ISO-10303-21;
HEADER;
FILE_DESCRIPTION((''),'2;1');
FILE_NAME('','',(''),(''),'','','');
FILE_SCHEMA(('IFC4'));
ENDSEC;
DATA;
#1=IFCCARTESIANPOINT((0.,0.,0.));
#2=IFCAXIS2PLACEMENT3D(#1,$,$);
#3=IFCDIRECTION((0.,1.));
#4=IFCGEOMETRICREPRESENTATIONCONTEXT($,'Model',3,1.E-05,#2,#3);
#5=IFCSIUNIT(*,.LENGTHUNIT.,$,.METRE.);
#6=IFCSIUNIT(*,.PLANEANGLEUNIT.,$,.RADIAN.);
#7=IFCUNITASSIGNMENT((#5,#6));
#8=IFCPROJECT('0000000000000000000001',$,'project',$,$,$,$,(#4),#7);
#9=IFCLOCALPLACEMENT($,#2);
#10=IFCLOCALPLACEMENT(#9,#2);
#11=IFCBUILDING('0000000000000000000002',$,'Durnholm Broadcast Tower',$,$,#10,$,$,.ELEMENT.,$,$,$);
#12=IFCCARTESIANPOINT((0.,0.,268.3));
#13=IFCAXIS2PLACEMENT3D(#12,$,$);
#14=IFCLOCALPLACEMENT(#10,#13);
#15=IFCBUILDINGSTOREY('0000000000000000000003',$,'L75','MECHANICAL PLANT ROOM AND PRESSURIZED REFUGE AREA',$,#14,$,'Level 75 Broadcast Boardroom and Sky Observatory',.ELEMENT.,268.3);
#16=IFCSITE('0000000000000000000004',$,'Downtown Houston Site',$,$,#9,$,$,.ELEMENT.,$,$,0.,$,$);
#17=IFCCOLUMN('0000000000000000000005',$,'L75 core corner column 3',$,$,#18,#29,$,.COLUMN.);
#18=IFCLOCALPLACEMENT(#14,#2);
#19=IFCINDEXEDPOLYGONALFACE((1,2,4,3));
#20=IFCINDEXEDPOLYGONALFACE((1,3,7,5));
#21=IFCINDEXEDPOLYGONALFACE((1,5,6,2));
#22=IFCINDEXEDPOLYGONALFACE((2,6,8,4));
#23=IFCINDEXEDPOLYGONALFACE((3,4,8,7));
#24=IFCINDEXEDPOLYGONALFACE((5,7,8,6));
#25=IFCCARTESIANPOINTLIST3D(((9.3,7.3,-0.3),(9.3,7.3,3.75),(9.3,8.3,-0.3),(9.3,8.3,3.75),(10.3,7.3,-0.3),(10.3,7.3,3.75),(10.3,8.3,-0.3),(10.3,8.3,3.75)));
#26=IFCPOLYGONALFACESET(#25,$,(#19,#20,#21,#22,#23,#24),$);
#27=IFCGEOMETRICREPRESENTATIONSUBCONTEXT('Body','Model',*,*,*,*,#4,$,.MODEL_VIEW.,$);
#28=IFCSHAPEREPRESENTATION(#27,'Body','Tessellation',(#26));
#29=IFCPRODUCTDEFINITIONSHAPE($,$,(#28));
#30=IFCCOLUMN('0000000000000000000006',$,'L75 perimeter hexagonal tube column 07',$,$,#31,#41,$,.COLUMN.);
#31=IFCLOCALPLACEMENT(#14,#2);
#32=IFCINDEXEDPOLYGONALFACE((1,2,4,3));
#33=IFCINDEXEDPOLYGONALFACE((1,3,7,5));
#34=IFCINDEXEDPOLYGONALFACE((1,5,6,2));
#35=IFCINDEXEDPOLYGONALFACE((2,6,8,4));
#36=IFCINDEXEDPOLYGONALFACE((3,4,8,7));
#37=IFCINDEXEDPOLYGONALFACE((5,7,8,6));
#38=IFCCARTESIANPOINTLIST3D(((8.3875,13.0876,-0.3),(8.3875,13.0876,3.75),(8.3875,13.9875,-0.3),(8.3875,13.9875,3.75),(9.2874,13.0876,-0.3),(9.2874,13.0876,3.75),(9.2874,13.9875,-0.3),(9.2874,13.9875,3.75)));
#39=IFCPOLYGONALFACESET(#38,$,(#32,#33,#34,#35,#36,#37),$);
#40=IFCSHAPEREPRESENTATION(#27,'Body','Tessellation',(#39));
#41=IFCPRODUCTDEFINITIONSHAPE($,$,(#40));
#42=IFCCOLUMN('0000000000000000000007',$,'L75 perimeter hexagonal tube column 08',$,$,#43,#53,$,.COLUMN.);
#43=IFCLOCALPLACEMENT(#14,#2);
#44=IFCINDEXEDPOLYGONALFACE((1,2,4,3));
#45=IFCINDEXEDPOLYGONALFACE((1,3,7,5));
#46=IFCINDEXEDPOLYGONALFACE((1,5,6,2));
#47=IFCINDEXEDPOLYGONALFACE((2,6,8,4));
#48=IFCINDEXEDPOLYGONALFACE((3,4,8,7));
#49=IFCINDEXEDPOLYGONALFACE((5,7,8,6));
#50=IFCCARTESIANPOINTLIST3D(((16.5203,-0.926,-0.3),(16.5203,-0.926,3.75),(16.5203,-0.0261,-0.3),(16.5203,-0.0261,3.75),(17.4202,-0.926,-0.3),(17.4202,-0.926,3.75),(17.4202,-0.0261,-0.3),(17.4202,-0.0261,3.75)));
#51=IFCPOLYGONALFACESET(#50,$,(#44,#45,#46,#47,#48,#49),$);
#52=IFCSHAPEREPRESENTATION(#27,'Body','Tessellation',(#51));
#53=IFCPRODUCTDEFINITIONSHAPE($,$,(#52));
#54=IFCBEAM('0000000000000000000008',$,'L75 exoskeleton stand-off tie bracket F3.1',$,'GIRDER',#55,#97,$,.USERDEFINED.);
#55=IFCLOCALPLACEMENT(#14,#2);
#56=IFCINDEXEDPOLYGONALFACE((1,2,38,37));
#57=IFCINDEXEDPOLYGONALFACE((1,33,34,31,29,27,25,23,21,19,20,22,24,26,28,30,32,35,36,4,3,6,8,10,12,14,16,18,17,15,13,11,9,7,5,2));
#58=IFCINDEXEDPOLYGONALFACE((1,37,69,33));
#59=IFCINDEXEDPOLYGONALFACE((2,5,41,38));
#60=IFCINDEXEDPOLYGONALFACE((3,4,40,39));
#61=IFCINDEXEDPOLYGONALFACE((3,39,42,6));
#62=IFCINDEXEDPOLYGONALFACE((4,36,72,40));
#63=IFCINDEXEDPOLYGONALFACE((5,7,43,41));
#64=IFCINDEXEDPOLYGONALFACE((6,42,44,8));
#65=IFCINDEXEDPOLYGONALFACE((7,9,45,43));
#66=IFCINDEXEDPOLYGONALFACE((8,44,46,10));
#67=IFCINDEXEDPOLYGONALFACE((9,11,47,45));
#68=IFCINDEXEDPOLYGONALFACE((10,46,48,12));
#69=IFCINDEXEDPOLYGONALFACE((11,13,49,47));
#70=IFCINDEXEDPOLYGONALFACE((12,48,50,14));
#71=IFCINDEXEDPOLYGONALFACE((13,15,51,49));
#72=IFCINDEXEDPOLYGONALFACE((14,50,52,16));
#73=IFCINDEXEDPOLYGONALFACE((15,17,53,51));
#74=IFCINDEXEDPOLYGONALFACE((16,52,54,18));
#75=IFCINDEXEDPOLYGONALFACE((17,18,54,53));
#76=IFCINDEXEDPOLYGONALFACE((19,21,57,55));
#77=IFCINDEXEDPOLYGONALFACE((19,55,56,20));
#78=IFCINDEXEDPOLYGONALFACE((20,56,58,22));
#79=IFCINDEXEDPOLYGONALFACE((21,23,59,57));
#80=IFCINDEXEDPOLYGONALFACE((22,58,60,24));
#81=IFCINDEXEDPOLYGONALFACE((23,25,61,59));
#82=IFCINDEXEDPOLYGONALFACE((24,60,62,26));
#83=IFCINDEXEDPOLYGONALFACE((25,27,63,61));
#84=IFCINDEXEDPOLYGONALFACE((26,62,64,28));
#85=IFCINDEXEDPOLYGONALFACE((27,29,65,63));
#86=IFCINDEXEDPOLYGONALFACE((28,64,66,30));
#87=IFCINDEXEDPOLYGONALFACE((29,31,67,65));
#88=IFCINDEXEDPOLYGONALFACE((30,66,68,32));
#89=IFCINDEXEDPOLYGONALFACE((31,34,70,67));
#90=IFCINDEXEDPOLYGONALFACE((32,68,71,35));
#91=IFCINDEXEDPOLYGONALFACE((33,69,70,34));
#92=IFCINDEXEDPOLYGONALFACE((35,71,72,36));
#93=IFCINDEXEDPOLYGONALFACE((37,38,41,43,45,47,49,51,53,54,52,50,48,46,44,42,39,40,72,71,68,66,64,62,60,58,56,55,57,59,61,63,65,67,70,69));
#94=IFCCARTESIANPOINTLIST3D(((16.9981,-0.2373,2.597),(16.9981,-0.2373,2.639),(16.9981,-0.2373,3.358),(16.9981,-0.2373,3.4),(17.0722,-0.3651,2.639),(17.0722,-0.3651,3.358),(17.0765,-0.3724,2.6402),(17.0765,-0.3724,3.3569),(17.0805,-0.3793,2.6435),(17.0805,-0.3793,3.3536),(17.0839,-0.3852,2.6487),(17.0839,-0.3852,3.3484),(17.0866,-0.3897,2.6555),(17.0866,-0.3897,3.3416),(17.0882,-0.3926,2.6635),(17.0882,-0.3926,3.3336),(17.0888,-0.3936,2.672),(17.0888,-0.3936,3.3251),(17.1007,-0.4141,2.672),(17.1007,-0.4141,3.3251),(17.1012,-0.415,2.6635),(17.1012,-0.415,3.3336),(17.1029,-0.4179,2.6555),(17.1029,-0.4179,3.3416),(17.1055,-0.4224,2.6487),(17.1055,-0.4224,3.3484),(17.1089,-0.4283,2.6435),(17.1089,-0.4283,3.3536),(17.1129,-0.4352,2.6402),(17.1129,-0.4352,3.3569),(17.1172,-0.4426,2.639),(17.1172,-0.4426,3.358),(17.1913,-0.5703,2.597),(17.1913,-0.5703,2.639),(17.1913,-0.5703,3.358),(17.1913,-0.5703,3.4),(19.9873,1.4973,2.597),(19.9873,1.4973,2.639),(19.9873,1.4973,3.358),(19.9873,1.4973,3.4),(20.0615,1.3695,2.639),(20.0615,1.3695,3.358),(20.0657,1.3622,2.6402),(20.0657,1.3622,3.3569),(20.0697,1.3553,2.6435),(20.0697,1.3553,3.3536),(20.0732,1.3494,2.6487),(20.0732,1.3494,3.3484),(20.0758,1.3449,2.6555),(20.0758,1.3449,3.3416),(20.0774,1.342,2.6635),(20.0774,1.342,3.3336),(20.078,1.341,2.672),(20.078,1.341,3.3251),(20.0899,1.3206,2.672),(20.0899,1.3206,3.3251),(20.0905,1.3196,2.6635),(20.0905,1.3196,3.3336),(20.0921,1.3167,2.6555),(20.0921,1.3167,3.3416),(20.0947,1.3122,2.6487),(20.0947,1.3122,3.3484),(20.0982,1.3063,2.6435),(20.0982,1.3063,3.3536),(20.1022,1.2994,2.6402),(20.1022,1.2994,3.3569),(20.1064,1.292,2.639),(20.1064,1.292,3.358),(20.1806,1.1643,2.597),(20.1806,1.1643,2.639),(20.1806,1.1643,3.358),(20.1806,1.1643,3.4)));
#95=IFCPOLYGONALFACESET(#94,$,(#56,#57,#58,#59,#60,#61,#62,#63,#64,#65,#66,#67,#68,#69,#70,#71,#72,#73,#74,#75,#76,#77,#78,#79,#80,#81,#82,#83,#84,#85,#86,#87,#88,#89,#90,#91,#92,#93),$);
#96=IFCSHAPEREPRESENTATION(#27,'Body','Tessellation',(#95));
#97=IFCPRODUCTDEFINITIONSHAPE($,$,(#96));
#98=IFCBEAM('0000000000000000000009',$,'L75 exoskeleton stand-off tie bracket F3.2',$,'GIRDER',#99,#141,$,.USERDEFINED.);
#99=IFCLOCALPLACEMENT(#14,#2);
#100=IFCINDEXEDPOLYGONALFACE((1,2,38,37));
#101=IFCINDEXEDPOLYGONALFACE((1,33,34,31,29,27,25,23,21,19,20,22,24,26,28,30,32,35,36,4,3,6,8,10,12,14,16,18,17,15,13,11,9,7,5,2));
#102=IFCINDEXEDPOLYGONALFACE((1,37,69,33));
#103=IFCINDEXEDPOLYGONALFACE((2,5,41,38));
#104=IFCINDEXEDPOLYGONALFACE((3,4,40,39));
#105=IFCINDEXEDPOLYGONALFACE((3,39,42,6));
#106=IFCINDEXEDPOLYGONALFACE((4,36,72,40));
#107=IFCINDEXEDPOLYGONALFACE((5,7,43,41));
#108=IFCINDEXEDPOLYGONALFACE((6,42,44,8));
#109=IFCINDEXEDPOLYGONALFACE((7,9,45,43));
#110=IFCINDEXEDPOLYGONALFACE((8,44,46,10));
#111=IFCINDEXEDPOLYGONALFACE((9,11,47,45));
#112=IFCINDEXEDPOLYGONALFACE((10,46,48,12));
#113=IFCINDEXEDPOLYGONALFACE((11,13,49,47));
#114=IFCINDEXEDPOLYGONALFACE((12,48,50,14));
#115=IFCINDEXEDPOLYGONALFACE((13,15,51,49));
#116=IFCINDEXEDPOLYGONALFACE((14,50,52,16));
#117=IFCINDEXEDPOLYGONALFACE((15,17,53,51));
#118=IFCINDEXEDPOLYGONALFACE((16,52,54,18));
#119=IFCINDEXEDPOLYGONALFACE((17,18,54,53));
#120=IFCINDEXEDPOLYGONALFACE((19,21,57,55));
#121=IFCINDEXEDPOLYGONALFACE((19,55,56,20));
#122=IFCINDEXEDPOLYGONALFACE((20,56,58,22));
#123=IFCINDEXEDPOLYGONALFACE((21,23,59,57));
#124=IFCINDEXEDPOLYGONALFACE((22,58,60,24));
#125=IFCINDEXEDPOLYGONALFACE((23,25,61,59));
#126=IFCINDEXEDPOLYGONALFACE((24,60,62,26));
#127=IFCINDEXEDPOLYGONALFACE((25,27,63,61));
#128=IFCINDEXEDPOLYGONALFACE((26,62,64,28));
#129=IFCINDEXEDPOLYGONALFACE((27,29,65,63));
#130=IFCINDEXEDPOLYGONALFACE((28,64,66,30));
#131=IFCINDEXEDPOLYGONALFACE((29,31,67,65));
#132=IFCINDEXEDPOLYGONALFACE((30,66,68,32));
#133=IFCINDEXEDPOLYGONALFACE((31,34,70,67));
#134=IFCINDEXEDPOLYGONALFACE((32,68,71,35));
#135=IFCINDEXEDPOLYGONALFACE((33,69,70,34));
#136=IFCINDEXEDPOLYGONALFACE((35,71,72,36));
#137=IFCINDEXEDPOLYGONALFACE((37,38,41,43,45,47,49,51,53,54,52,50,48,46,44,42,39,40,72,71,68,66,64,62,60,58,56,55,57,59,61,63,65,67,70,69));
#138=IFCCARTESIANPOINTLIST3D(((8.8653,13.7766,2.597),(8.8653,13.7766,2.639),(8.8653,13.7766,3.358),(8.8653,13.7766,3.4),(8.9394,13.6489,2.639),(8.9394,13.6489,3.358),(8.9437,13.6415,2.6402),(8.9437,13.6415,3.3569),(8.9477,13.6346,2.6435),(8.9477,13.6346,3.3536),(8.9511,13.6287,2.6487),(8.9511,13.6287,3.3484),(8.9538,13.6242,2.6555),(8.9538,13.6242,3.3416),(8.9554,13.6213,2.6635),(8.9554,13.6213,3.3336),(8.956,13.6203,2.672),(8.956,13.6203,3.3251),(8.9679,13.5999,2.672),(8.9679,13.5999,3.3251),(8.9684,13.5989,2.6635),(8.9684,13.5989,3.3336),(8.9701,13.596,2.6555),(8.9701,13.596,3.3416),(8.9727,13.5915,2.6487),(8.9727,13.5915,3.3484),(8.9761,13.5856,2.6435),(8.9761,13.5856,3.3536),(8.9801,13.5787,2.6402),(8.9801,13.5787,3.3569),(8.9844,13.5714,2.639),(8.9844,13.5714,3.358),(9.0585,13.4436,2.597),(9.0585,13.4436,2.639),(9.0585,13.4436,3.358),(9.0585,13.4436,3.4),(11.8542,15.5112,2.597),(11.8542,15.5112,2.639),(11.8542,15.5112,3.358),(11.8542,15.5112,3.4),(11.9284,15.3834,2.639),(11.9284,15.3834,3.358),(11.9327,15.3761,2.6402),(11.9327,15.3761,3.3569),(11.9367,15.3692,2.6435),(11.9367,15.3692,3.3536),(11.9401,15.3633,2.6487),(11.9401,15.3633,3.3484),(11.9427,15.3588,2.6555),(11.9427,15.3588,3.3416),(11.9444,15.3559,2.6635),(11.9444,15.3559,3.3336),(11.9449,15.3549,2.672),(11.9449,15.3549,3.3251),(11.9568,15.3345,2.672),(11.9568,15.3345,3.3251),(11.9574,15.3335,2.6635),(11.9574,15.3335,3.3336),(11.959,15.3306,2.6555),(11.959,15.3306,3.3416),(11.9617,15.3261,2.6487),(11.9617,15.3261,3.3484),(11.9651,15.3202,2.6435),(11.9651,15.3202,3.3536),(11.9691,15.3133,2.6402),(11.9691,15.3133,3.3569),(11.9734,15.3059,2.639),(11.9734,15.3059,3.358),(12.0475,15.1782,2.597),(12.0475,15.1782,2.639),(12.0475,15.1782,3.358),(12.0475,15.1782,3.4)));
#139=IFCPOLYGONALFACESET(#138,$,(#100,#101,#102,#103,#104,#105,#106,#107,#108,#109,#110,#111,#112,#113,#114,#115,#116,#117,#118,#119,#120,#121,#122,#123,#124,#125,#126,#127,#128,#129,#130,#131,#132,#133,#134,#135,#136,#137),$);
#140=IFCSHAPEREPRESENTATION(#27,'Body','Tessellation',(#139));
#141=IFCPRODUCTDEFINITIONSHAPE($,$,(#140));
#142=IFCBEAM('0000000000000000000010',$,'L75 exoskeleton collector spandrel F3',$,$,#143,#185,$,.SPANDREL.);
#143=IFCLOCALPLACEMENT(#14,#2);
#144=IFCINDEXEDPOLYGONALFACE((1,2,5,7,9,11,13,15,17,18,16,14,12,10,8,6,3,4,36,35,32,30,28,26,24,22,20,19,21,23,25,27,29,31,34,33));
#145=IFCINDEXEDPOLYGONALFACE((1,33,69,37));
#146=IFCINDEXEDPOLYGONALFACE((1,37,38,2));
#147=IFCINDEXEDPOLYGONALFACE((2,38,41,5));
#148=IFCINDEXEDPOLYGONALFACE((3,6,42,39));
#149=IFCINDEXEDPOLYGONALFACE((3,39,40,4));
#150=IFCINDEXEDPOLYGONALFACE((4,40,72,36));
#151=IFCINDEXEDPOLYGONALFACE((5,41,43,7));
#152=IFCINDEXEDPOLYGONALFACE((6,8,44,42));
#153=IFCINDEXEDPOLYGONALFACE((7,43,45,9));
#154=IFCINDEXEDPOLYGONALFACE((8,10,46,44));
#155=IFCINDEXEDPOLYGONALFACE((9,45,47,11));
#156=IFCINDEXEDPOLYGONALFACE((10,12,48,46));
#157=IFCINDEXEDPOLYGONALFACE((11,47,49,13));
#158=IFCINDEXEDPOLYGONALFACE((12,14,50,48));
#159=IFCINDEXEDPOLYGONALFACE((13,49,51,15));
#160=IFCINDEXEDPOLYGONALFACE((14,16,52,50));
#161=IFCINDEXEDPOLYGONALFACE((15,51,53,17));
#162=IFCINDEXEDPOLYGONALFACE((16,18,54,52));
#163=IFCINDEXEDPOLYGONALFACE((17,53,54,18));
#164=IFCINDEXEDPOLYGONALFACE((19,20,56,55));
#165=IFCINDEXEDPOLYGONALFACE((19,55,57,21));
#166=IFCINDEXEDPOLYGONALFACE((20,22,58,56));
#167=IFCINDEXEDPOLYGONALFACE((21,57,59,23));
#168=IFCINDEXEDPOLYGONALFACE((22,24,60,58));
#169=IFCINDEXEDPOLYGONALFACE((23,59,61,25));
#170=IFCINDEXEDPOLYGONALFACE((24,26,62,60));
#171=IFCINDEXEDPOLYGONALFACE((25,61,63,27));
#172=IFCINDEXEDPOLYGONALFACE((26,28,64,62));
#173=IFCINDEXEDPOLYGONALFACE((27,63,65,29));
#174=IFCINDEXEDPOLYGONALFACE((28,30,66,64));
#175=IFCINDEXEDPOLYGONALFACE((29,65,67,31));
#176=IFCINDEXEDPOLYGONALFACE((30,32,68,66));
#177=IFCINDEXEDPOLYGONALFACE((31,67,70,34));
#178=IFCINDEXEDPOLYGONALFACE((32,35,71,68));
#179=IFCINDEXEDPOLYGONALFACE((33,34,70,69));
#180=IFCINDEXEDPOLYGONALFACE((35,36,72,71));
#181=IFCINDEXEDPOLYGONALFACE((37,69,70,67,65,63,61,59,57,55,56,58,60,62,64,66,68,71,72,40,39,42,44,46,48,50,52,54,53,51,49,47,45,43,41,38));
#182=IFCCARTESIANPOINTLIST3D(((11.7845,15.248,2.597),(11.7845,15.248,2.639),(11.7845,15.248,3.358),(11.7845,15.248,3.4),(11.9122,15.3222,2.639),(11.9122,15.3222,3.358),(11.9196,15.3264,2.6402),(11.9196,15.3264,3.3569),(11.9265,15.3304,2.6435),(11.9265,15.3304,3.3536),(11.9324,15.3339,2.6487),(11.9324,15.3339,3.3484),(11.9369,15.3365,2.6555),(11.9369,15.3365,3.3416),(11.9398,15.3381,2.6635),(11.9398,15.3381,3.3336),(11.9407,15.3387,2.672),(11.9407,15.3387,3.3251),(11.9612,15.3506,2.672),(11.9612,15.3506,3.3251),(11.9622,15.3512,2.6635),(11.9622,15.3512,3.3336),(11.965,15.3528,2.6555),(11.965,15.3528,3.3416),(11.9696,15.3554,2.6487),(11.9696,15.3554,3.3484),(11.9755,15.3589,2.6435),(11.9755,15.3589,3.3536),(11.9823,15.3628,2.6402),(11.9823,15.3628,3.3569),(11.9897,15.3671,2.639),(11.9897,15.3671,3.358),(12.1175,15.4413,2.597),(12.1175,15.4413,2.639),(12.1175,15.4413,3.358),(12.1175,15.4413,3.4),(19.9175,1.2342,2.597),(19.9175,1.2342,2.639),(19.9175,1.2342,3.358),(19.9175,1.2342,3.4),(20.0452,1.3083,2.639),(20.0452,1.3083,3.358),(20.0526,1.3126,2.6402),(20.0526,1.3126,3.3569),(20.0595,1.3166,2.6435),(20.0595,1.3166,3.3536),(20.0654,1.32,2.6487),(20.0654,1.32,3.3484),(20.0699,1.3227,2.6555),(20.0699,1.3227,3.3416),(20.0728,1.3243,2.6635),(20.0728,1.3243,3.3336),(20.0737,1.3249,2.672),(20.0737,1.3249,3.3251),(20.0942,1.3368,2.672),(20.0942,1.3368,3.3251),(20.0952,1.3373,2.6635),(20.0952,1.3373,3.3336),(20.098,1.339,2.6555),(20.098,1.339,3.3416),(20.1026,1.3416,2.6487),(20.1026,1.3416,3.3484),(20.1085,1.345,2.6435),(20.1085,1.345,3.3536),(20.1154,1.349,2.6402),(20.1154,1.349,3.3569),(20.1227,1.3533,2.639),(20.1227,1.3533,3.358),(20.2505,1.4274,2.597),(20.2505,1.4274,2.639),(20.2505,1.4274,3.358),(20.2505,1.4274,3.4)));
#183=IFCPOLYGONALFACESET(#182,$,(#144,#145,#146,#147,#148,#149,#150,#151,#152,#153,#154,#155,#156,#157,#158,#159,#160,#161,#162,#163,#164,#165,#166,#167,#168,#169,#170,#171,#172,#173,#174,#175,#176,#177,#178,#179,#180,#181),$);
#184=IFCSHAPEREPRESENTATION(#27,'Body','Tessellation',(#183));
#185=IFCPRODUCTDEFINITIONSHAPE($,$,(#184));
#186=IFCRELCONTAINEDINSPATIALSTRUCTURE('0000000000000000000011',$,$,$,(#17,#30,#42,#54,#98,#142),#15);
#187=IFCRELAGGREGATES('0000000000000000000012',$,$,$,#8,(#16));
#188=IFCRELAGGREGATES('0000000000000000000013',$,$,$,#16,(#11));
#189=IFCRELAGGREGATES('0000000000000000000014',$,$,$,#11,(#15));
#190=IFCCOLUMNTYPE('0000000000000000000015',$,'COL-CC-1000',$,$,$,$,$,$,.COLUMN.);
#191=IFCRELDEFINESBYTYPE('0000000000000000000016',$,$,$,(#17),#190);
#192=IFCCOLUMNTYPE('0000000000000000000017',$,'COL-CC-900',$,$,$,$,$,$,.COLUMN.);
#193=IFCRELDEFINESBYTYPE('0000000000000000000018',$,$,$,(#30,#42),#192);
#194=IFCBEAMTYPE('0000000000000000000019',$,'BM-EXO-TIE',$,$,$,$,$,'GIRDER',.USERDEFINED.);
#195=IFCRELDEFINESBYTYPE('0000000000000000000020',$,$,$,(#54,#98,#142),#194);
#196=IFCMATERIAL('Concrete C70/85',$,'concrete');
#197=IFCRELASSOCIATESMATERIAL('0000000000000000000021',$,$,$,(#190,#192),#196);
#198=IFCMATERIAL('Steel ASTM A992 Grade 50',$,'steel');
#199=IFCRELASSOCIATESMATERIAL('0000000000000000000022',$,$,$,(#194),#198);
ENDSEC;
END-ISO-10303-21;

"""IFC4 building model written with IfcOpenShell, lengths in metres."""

from ifc_helpers import new_model, si_unit, direction, frame, origin, origin_2d, place, context, subcontext, project, spatial, rectangle, i_section, extrude, source, transform, mapped, material, material_profile, profile_set, type_object, type_shapes, element, save


model = new_model("IFC4")

# Units and contexts
model_context = context("Model", 3, precision=1e-05, world=origin(), true_north=direction((0.0, 1.0)))
body_context = subcontext(model_context, "Body", "Model", "MODEL_VIEW")
ifc_project = project(units=[si_unit("LENGTHUNIT", "METRE"), si_unit("PLANEANGLEUNIT", "RADIAN")], contexts=[model_context])

# Site, building, storey
site_placement = place(None, origin())
site = spatial("IfcSite", under=ifc_project, at=site_placement, Name="Downtown Houston Site", CompositionType="ELEMENT", RefElevation=0.0)
building_placement = place(site_placement, origin())
building = spatial("IfcBuilding", under=site, at=building_placement, Name="Durnholm Broadcast Tower", CompositionType="ELEMENT")
storey_placement = place(building_placement, frame((0.0, 0.0, 268.3)))
storey = spatial("IfcBuildingStorey", under=building, at=storey_placement, Name="L75", Description="MECHANICAL PLANT ROOM AND PRESSURIZED REFUGE AREA", LongName="Level 75 Broadcast Boardroom and Sky Observatory", CompositionType="ELEMENT", Elevation=268.3)

# Columns
ifc_material_1 = material(Name="Concrete C70/85", Category="concrete")
ifc_material_profile_1 = material_profile(ifc_material_1, rectangle(XDim=1.0, YDim=1.0, at=origin_2d()), Name="RC1000X1000")
ifc_profile_set_1 = profile_set([ifc_material_profile_1], Name="Concrete C70/85")
column_type_1 = type_object("IfcColumnType", Name="COL-CC-1000", PredefinedType="COLUMN", material=ifc_profile_set_1)
shared_shape_1 = source(origin(), body_context, "Body", "SweptSolid", [
    extrude(rectangle(XDim=1.0, YDim=1.0, at=origin_2d()), origin(), (0.0, 0.0, 1.0), 4.05),
])
type_shapes(column_type_1, [shared_shape_1])
column_placement = place(storey_placement, frame((9.8, 7.8, -0.3), z_axis=(0.0, 0.0, 1.0), x_axis=(1.0, 0.0, 0.0)))
element("IfcColumn", 1, at=column_placement, inside=storey, type_object=column_type_1, Name="L75 core corner column 3", PredefinedType="COLUMN", context=body_context, shape_type="MappedRepresentation", body=[
    mapped(shared_shape_1, transform((0.0, 0.0, 0.0), x_axis=(1.0, 0.0, 0.0), y_axis=(0.0, 1.0, 0.0), z_axis=(0.0, 0.0, 1.0), scale=1.0)),
])
ifc_material_profile_2 = material_profile(ifc_material_1, rectangle(XDim=0.8999, YDim=0.8999, at=origin_2d()), Name="RC900X900")
ifc_profile_set_2 = profile_set([ifc_material_profile_2], Name="Concrete C70/85")
column_type_2 = type_object("IfcColumnType", Name="COL-CC-900", PredefinedType="COLUMN", material=ifc_profile_set_2)
shared_shape_2 = source(origin(), body_context, "Body", "SweptSolid", [
    extrude(rectangle(XDim=0.8999, YDim=0.8999, at=origin_2d()), origin(), (0.0, 0.0, 1.0), 4.05),
])
type_shapes(column_type_2, [shared_shape_2])
for number, where, z_axis, x_axis, name in (
    (2, (8.8374, 13.5376, -0.3), (0.0, 0.0, 1.0), (1.0, 0.0, 0.0), "L75 perimeter hexagonal tube column 07"),
    (3, (16.9702, -0.4761, -0.3), (0.0, 0.0, 1.0), (1.0, 0.0, 0.0), "L75 perimeter hexagonal tube column 08"),
):
    element("IfcColumn", number, at=place(storey_placement, frame(where, z_axis=z_axis, x_axis=x_axis)), inside=storey, type_object=column_type_2, Name=name, PredefinedType="COLUMN", context=body_context, shape_type="MappedRepresentation", body=[
        mapped(shared_shape_2, transform((0.0, 0.0, 0.0), x_axis=(1.0, 0.0, 0.0), y_axis=(0.0, 1.0, 0.0), z_axis=(0.0, 0.0, 1.0), scale=1.0)),
    ])

# Beams
ifc_material_2 = material(Name="Steel ASTM A992 Grade 50", Category="steel")
ifc_material_profile_3 = material_profile(ifc_material_2, i_section(OverallWidth=0.385, OverallDepth=0.803, WebThickness=0.0237, FlangeThickness=0.042, FilletRadius=0.033, at=origin_2d()), Name="W30X261")
ifc_profile_set_3 = profile_set([ifc_material_profile_3], Name="Steel ASTM A992 Grade 50")
beam_type_1 = type_object("IfcBeamType", Name="BM-EXO-TIE", ElementType="GIRDER", PredefinedType="USERDEFINED", material=ifc_profile_set_3)
shared_shape_3 = source(origin(), body_context, "Body", "SweptSolid", [
    extrude(i_section(OverallWidth=0.385, OverallDepth=0.803, WebThickness=0.0237, FlangeThickness=0.042, FilletRadius=0.033, at=origin_2d()), origin(), (0.0, 0.0, 1.0), 3.4561),
])
beam_1_placement = place(storey_placement, frame((17.0947, -0.4038, 2.9985), z_axis=(0.864924, 0.501902, 0.0), x_axis=(-0.501902, 0.864924, 0.0)))
element("IfcBeam", 4, at=beam_1_placement, inside=storey, type_object=beam_type_1, Name="L75 exoskeleton stand-off tie bracket F3.1", ObjectType="GIRDER", PredefinedType="USERDEFINED", context=body_context, shape_type="MappedRepresentation", body=[
    mapped(shared_shape_3, transform((0.0, 0.0, 0.0), x_axis=(1.0, 0.0, 0.0), y_axis=(0.0, 1.0, 0.0), z_axis=(0.0, 0.0, 1.0), scale=1.0)),
])
shared_shape_4 = source(origin(), body_context, "Body", "SweptSolid", [
    extrude(i_section(OverallWidth=0.385, OverallDepth=0.803, WebThickness=0.0237, FlangeThickness=0.042, FilletRadius=0.033, at=origin_2d()), origin(), (0.0, 0.0, 1.0), 3.4558),
])
beam_2_placement = place(storey_placement, frame((8.9619, 13.6101, 2.9985), z_axis=(0.864907, 0.501933, 0.0), x_axis=(-0.501933, 0.864907, 0.0)))
element("IfcBeam", 5, at=beam_2_placement, inside=storey, type_object=beam_type_1, Name="L75 exoskeleton stand-off tie bracket F3.2", ObjectType="GIRDER", PredefinedType="USERDEFINED", context=body_context, shape_type="MappedRepresentation", body=[
    mapped(shared_shape_4, transform((0.0, 0.0, 0.0), x_axis=(1.0, 0.0, 0.0), y_axis=(0.0, 1.0, 0.0), z_axis=(0.0, 0.0, 1.0), scale=1.0)),
])
shared_shape_5 = source(origin(), body_context, "Body", "SweptSolid", [
    extrude(i_section(OverallWidth=0.385, OverallDepth=0.803, WebThickness=0.0237, FlangeThickness=0.042, FilletRadius=0.033, at=origin_2d()), origin(), (0.0, 0.0, 1.0), 16.2029),
])
type_shapes(beam_type_1, [shared_shape_3, shared_shape_4, shared_shape_5])
beam_3_placement = place(storey_placement, frame((20.084, 1.3308, 2.9985), z_axis=(-0.501948, 0.864898, 0.0), x_axis=(-0.864898, -0.501948, 0.0)))
element("IfcBeam", 6, at=beam_3_placement, inside=storey, type_object=beam_type_1, Name="L75 exoskeleton collector spandrel F3", PredefinedType="SPANDREL", context=body_context, shape_type="MappedRepresentation", body=[
    mapped(shared_shape_5, transform((0.0, 0.0, 0.0), x_axis=(1.0, 0.0, 0.0), y_axis=(0.0, 1.0, 0.0), z_axis=(0.0, 0.0, 1.0), scale=1.0)),
])

save(model, "model.ifc")
